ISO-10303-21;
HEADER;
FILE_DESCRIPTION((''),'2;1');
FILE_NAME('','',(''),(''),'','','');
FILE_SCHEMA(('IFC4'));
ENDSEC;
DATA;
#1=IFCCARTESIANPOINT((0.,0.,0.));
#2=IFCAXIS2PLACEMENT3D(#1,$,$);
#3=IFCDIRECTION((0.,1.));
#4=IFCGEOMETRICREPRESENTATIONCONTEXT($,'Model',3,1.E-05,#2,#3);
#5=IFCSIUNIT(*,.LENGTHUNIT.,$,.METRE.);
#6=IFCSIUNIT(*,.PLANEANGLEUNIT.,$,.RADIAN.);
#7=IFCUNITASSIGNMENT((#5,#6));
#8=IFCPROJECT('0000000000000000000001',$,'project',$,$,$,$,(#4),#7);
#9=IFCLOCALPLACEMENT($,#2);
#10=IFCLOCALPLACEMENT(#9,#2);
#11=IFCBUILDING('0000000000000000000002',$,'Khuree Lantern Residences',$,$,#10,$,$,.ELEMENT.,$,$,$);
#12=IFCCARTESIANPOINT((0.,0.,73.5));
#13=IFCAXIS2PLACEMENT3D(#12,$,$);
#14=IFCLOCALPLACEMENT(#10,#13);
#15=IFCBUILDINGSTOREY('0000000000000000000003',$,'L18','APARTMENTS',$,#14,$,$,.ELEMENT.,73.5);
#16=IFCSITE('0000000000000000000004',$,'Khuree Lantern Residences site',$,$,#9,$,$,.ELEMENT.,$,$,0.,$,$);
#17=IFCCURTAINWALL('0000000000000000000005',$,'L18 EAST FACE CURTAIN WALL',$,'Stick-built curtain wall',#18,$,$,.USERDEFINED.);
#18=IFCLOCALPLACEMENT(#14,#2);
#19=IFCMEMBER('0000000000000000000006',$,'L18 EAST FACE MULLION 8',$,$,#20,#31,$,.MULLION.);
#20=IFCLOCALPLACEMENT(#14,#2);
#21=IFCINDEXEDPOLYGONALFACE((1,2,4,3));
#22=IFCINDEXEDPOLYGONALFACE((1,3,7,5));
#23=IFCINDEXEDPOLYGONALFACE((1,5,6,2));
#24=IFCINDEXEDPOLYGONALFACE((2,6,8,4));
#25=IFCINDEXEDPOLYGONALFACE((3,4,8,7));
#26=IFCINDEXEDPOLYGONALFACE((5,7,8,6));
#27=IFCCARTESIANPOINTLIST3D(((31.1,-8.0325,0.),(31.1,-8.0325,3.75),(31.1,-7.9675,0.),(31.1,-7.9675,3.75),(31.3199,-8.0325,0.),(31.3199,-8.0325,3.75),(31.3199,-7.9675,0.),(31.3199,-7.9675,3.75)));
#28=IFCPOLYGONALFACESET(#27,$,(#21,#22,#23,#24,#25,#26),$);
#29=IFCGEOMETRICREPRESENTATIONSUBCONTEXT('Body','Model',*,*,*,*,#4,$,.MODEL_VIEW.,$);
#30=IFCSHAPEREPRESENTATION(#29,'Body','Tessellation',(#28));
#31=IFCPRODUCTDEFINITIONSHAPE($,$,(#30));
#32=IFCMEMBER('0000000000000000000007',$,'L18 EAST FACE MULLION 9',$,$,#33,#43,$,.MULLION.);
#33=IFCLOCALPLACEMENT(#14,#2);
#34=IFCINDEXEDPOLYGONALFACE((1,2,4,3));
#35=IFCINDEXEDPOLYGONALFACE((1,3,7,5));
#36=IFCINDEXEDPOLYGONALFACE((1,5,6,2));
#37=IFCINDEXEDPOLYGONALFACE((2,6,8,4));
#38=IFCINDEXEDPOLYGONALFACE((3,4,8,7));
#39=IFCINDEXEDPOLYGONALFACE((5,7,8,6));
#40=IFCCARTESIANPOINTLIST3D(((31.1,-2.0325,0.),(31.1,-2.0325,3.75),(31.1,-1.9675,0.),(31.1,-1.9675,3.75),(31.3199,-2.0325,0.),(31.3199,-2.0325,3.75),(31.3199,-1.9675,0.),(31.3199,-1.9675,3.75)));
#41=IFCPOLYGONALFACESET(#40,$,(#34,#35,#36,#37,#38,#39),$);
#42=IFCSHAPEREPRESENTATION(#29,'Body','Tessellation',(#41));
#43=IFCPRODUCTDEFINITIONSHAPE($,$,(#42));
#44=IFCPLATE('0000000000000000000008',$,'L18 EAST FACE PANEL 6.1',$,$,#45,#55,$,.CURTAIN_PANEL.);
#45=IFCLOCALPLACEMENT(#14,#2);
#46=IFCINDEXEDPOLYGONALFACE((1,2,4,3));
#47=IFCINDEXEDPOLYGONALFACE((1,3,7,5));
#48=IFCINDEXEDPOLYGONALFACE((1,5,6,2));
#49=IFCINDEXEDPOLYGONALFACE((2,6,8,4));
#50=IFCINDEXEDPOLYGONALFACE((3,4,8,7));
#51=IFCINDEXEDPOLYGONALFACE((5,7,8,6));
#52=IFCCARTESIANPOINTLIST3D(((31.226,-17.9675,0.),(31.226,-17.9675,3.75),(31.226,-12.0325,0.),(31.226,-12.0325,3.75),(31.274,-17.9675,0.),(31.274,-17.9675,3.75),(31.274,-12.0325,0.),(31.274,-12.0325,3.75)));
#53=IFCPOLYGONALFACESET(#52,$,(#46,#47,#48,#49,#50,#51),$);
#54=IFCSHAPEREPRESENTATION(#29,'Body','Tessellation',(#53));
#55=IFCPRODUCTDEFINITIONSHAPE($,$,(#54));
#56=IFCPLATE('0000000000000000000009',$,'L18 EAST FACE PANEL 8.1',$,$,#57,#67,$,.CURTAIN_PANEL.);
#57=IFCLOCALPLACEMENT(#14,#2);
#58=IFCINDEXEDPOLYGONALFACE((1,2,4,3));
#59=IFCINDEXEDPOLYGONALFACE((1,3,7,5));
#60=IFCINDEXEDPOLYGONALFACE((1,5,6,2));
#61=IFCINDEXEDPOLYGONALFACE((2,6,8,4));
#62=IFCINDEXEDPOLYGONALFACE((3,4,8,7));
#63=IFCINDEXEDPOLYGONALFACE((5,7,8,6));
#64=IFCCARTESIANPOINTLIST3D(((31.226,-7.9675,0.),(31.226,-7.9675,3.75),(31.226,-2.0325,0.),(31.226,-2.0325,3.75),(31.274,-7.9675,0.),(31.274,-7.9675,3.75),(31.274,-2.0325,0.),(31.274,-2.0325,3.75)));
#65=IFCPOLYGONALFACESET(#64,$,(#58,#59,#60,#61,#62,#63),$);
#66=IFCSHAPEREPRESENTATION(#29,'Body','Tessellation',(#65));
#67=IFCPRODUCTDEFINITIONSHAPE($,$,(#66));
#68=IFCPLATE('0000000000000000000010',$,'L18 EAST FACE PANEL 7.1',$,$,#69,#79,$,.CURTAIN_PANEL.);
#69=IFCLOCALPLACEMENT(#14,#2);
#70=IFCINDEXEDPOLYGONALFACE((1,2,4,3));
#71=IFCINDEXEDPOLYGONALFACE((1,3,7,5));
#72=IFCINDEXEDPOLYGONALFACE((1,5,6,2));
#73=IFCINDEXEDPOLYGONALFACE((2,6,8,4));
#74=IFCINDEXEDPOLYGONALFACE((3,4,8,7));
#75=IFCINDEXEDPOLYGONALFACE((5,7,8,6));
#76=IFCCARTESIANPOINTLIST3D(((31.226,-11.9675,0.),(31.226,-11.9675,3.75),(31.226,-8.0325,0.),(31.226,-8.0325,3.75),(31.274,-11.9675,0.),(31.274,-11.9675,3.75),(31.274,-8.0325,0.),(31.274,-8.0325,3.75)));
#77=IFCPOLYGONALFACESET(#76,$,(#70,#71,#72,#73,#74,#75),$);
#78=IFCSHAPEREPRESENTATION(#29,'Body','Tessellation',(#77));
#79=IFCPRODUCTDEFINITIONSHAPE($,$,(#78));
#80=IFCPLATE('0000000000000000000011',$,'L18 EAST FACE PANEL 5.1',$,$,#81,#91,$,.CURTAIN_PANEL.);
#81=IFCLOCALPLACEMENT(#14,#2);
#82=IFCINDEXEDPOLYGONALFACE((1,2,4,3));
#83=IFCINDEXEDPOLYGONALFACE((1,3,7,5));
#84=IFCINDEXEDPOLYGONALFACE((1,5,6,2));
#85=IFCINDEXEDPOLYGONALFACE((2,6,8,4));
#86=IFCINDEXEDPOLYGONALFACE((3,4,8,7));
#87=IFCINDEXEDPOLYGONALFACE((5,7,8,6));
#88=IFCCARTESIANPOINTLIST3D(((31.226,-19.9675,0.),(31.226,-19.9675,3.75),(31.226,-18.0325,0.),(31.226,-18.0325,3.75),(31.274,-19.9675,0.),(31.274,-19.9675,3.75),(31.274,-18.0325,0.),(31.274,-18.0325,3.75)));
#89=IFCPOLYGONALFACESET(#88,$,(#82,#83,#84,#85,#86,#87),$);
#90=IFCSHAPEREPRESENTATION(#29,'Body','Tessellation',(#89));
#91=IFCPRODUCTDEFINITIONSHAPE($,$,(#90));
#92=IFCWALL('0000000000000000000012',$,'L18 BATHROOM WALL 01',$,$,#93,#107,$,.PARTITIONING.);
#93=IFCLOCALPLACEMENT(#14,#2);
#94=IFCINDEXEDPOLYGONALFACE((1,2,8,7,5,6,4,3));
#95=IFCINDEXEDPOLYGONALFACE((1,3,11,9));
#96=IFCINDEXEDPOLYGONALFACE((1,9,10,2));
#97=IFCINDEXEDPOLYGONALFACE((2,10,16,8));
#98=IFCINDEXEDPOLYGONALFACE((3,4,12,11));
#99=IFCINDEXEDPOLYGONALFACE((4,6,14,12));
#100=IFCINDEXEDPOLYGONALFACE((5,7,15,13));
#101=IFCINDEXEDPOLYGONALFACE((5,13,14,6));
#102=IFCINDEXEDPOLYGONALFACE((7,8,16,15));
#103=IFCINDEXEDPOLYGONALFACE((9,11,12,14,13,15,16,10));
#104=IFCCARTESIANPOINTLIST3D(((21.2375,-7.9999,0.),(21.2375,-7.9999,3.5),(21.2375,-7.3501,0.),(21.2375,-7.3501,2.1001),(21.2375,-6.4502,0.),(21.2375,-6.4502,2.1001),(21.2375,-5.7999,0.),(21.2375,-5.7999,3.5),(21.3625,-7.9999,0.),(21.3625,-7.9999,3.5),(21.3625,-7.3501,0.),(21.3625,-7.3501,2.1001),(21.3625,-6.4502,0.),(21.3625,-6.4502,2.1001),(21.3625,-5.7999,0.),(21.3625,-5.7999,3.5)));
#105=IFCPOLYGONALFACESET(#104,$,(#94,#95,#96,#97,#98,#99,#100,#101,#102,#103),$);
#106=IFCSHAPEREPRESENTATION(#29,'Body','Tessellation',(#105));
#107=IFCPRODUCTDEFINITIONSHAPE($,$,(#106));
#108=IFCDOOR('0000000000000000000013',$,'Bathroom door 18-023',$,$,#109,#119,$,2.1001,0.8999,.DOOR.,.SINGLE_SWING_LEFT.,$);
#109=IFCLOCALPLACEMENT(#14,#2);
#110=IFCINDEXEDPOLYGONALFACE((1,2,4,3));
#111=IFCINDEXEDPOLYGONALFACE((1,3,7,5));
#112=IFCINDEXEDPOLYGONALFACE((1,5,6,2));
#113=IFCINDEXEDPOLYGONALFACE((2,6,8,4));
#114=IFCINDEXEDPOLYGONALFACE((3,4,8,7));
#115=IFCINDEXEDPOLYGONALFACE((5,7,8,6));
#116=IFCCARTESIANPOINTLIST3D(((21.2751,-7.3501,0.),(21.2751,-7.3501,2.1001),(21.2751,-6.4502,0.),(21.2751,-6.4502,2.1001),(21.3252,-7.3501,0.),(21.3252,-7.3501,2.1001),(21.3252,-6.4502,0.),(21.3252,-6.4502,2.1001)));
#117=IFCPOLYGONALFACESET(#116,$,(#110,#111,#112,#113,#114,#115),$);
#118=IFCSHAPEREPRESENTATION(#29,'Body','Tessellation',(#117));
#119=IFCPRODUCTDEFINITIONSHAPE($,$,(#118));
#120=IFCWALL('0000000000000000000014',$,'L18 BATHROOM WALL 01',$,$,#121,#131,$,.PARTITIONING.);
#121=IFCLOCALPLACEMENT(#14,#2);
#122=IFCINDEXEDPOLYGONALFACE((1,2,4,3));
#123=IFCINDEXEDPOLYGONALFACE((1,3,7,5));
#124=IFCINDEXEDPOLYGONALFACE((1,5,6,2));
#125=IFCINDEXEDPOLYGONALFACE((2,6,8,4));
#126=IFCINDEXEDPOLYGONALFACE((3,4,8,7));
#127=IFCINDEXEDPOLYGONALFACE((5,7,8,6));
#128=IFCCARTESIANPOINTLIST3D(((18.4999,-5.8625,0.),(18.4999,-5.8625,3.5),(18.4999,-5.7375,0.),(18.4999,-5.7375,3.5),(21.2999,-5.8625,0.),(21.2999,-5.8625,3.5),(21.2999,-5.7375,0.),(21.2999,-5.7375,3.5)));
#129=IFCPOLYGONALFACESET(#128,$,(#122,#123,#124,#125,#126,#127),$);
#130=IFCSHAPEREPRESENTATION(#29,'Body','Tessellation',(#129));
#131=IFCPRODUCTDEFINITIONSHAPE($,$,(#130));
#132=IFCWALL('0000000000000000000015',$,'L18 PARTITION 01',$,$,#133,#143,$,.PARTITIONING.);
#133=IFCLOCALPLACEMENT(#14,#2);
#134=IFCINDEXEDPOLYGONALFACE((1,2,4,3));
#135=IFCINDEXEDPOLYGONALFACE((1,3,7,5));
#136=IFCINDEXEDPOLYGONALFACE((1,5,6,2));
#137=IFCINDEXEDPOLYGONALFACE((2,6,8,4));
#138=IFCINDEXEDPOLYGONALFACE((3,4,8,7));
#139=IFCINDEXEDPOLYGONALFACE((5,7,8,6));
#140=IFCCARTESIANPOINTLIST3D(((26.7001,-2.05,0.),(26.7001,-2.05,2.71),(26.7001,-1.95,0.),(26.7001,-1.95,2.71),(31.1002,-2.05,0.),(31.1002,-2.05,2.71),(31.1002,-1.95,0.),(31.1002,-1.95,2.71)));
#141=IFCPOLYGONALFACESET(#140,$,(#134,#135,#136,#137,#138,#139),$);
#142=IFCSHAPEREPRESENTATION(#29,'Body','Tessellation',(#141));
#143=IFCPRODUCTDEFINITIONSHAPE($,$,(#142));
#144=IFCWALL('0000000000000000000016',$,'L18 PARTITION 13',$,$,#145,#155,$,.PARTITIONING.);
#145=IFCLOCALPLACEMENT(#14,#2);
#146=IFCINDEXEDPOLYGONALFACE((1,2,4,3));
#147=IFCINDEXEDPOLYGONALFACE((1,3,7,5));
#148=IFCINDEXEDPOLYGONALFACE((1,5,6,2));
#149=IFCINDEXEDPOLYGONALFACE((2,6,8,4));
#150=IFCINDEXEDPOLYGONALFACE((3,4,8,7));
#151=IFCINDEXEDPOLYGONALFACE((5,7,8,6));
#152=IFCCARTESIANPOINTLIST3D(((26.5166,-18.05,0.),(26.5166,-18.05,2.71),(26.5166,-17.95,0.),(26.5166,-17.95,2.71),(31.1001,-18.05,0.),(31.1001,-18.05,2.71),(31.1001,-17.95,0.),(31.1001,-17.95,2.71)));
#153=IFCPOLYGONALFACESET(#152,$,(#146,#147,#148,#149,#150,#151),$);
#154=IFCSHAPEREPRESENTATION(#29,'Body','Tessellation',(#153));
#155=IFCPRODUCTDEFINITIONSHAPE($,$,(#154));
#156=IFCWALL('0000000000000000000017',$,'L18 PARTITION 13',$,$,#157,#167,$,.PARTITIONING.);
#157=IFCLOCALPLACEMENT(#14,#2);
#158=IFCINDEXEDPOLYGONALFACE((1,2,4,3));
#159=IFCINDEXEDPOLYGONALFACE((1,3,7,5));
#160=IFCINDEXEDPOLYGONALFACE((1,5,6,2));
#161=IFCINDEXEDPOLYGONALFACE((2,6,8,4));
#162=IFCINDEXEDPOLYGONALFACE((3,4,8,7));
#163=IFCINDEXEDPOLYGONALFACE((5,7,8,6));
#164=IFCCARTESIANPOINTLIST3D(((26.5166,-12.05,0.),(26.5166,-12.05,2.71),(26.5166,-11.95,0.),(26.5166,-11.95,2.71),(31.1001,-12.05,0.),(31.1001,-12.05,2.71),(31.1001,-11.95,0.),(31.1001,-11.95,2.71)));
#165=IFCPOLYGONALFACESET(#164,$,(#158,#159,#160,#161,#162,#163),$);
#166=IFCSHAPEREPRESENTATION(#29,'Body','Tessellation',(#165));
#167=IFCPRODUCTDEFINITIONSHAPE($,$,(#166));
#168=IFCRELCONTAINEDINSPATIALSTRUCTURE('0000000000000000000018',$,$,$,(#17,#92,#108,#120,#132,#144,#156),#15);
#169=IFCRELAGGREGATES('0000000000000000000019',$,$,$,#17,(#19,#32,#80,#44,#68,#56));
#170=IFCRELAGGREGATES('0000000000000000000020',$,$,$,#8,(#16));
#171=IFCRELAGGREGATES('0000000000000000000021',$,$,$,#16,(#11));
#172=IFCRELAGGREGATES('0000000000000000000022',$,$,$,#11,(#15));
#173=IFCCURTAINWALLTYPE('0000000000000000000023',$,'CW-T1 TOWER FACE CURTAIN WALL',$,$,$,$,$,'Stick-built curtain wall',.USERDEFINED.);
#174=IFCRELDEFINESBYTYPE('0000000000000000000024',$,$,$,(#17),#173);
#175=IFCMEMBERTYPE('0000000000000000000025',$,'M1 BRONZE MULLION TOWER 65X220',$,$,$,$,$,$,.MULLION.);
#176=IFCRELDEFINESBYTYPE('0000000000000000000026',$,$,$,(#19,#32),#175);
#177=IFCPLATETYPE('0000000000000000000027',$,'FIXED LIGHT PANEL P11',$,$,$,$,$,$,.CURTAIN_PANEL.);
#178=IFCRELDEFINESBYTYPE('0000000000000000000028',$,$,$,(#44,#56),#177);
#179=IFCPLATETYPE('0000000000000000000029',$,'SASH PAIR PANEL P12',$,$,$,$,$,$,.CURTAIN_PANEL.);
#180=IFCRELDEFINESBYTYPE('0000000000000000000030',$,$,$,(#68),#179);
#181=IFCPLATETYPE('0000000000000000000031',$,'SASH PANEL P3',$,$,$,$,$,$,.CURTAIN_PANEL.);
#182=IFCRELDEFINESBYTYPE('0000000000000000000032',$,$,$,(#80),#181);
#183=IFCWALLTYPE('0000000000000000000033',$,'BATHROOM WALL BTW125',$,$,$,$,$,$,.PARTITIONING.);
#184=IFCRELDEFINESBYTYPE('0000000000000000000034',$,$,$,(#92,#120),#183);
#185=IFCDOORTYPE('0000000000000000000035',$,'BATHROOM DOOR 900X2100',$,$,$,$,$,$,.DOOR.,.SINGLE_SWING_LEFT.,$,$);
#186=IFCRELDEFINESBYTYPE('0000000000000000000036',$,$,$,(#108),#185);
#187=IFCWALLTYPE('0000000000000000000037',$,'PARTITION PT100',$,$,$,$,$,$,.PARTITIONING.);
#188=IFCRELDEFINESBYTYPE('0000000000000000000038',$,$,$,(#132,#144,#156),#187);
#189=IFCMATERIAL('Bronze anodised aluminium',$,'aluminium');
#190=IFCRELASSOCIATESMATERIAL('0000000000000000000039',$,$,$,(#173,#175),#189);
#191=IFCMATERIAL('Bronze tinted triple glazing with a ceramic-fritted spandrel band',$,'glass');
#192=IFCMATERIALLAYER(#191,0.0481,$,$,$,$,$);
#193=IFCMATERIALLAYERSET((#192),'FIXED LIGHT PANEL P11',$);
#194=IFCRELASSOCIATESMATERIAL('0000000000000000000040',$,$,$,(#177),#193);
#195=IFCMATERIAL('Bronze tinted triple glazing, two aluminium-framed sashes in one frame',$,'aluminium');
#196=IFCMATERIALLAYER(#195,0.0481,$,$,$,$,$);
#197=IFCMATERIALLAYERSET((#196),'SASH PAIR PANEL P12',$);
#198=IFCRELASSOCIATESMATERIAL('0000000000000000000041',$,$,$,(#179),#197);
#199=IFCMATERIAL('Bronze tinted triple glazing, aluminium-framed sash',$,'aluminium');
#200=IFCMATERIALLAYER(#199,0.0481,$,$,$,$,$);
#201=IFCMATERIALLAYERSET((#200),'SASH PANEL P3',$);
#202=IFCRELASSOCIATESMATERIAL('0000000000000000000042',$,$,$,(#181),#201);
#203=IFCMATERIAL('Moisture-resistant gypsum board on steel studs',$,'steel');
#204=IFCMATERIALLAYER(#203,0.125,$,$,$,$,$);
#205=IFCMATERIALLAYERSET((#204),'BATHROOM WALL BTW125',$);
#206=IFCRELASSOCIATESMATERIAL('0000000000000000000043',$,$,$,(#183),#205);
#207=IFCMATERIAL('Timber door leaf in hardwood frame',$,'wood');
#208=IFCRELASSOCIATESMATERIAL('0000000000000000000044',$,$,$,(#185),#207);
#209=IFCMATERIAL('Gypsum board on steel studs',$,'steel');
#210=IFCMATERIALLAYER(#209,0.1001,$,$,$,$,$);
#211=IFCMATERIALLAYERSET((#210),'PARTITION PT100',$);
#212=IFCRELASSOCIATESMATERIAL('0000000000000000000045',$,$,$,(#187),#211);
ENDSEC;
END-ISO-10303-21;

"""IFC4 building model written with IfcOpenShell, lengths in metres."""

from ifc_helpers import new_model, si_unit, direction, frame, frame_2d, origin, origin_2d, place, context, subcontext, project, spatial, rectangle, extrude, material, layer, layer_set, material_profile, profile_set, type_object, element, fill, aggregate, save


model = new_model("IFC4")

# Units and contexts
model_context = context("Model", 3, precision=1e-05, world=origin(), true_north=direction((0.0, 1.0)))
body_context = subcontext(model_context, "Body", "Model", "MODEL_VIEW")
ifc_project = project(units=[si_unit("LENGTHUNIT", "METRE"), si_unit("PLANEANGLEUNIT", "RADIAN")], contexts=[model_context])

# Site, building, storey
site_placement = place(None, origin())
site = spatial("IfcSite", under=ifc_project, at=site_placement, Name="Khuree Lantern Residences site", CompositionType="ELEMENT", RefElevation=0.0)
building_placement = place(site_placement, origin())
building = spatial("IfcBuilding", under=site, at=building_placement, Name="Khuree Lantern Residences", CompositionType="ELEMENT")
storey_placement = place(building_placement, frame((0.0, 0.0, 73.5)))
storey = spatial("IfcBuildingStorey", under=building, at=storey_placement, Name="L18", Description="APARTMENTS", CompositionType="ELEMENT", Elevation=73.5)

# Curtain wall
ifc_material_1 = material(Name="Bronze anodised aluminium", Category="aluminium")
curtain_wall_type = type_object("IfcCurtainWallType", Name="CW-T1 TOWER FACE CURTAIN WALL", ElementType="Stick-built curtain wall", PredefinedType="USERDEFINED", material=ifc_material_1)
curtain_wall_placement = place(storey_placement, origin())
curtain_wall = element("IfcCurtainWall", 1, at=curtain_wall_placement, inside=storey, type_object=curtain_wall_type, Name="L18 EAST FACE CURTAIN WALL", ObjectType="Stick-built curtain wall", PredefinedType="USERDEFINED")

# Members
ifc_material_profile_1 = material_profile(ifc_material_1, rectangle(XDim=0.0649, YDim=0.22, at=origin_2d()), Name="M1 65X220")
ifc_profile_set_1 = profile_set([ifc_material_profile_1], Name="Bronze anodised aluminium")
member_type_1 = type_object("IfcMemberType", Name="M1 BRONZE MULLION TOWER 65X220", PredefinedType="MULLION", material=ifc_profile_set_1)
member_1_placement = place(storey_placement, frame((31.21, -8.0, 0.0), z_axis=(0.0, 0.0, 1.0), x_axis=(0.0, 1.0, 0.0)))
member_1 = element("IfcMember", 2, at=member_1_placement, type_object=member_type_1, Name="L18 EAST FACE MULLION 8", PredefinedType="MULLION", context=body_context, shape_type="SweptSolid", body=[
    extrude(rectangle(XDim=0.0649, YDim=0.22, at=origin_2d()), origin(), (0.0, 0.0, 1.0), 3.75),
])
member_2_placement = place(storey_placement, frame((31.21, -2.0, 0.0), z_axis=(0.0, 0.0, 1.0), x_axis=(0.0, 1.0, 0.0)))
member_2 = element("IfcMember", 3, at=member_2_placement, type_object=member_type_1, Name="L18 EAST FACE MULLION 9", PredefinedType="MULLION", context=body_context, shape_type="SweptSolid", body=[
    extrude(rectangle(XDim=0.0649, YDim=0.22, at=origin_2d()), origin(), (0.0, 0.0, 1.0), 3.75),
])

# Plates
ifc_material_2 = material(Name="Bronze tinted triple glazing with a ceramic-fritted spandrel band", Category="glass")
ifc_layer_1 = layer(ifc_material_2, 0.0481)
ifc_layer_set_1 = layer_set([ifc_layer_1], Name="FIXED LIGHT PANEL P11")
plate_type_1 = type_object("IfcPlateType", Name="FIXED LIGHT PANEL P11", PredefinedType="CURTAIN_PANEL", material=ifc_layer_set_1)
plate_1_placement = place(storey_placement, frame((31.25, -15.0, 0.0), z_axis=(0.0, 0.0, 1.0), x_axis=(0.0, 1.0, 0.0)))
plate_1 = element("IfcPlate", 4, at=plate_1_placement, type_object=plate_type_1, Name="L18 EAST FACE PANEL 6.1", PredefinedType="CURTAIN_PANEL", context=body_context, shape_type="SweptSolid", body=[
    extrude(rectangle(XDim=5.9351, YDim=0.0481, at=origin_2d()), origin(), (0.0, 0.0, 1.0), 3.75),
])
plate_2_placement = place(storey_placement, frame((31.25, -5.0, 0.0), z_axis=(0.0, 0.0, 1.0), x_axis=(0.0, 1.0, 0.0)))
plate_2 = element("IfcPlate", 5, at=plate_2_placement, type_object=plate_type_1, Name="L18 EAST FACE PANEL 8.1", PredefinedType="CURTAIN_PANEL", context=body_context, shape_type="SweptSolid", body=[
    extrude(rectangle(XDim=5.9351, YDim=0.0481, at=origin_2d()), origin(), (0.0, 0.0, 1.0), 3.75),
])
ifc_material_3 = material(Name="Bronze tinted triple glazing, two aluminium-framed sashes in one frame", Category="aluminium")
ifc_layer_2 = layer(ifc_material_3, 0.0481)
ifc_layer_set_2 = layer_set([ifc_layer_2], Name="SASH PAIR PANEL P12")
plate_type_2 = type_object("IfcPlateType", Name="SASH PAIR PANEL P12", PredefinedType="CURTAIN_PANEL", material=ifc_layer_set_2)
plate_3_placement = place(storey_placement, frame((31.25, -10.0, 0.0), z_axis=(0.0, 0.0, 1.0), x_axis=(0.0, 1.0, 0.0)))
plate_3 = element("IfcPlate", 6, at=plate_3_placement, type_object=plate_type_2, Name="L18 EAST FACE PANEL 7.1", PredefinedType="CURTAIN_PANEL", context=body_context, shape_type="SweptSolid", body=[
    extrude(rectangle(XDim=3.9351, YDim=0.0481, at=origin_2d()), origin(), (0.0, 0.0, 1.0), 3.75),
])
ifc_material_4 = material(Name="Bronze tinted triple glazing, aluminium-framed sash", Category="aluminium")
ifc_layer_3 = layer(ifc_material_4, 0.0481)
ifc_layer_set_3 = layer_set([ifc_layer_3], Name="SASH PANEL P3")
plate_type_3 = type_object("IfcPlateType", Name="SASH PANEL P3", PredefinedType="CURTAIN_PANEL", material=ifc_layer_set_3)
plate_4_placement = place(storey_placement, frame((31.25, -19.0, 0.0), z_axis=(0.0, 0.0, 1.0), x_axis=(0.0, 1.0, 0.0)))
plate_4 = element("IfcPlate", 7, at=plate_4_placement, type_object=plate_type_3, Name="L18 EAST FACE PANEL 5.1", PredefinedType="CURTAIN_PANEL", context=body_context, shape_type="SweptSolid", body=[
    extrude(rectangle(XDim=1.9351, YDim=0.0481, at=origin_2d()), origin(), (0.0, 0.0, 1.0), 3.75),
])
aggregate(curtain_wall, [member_1, member_2, plate_4, plate_1, plate_3, plate_2])

# Wall, opening, door
ifc_material_5 = material(Name="Moisture-resistant gypsum board on steel studs", Category="steel")
ifc_layer_4 = layer(ifc_material_5, 0.125)
ifc_layer_set_4 = layer_set([ifc_layer_4], Name="BATHROOM WALL BTW125")
wall_type_1 = type_object("IfcWallType", Name="BATHROOM WALL BTW125", PredefinedType="PARTITIONING", material=ifc_layer_set_4)
wall_1_placement = place(storey_placement, frame((21.3, -8.0, 0.0), z_axis=(0.0, 0.0, 1.0), x_axis=(0.0, 1.0, 0.0)))
wall_1 = element("IfcWall", 8, at=wall_1_placement, inside=storey, type_object=wall_type_1, Name="L18 BATHROOM WALL 01", PredefinedType="PARTITIONING", context=body_context, shape_type="SweptSolid", body=[
    extrude(rectangle(XDim=2.2, YDim=0.125, at=frame_2d((1.1001, 0.0))), origin(), (0.0, 0.0, 1.0), 3.5),
])
opening_1_placement = place(wall_1_placement, frame((0.6499, 0.0, 0.0)))
opening_1 = element("IfcOpeningElement", 9, at=opening_1_placement, cuts=wall_1, PredefinedType="OPENING", context=body_context, shape_type="SweptSolid", body=[
    extrude(rectangle(XDim=0.8999, YDim=2.1001, at=frame_2d((0.45, 1.05))), frame((0.0, 0.0725, 0.0), z_axis=(0.0, -1.0, 0.0), x_axis=(1.0, 0.0, 0.0)), (0.0, 0.0, 1.0), 0.145),
])
ifc_material_6 = material(Name="Timber door leaf in hardwood frame", Category="wood")
door_type_1 = type_object("IfcDoorType", Name="BATHROOM DOOR 900X2100", OperationType="SINGLE_SWING_LEFT", PredefinedType="DOOR", material=ifc_material_6)
door_1_placement = place(opening_1_placement, origin())
door_1 = element("IfcDoor", 10, at=door_1_placement, inside=storey, type_object=door_type_1, Name="Bathroom door 18-023", OperationType="SINGLE_SWING_LEFT", OverallHeight=2.1001, OverallWidth=0.8999, PredefinedType="DOOR", context=body_context, shape_type="SweptSolid", body=[
    extrude(rectangle(XDim=0.8999, YDim=2.1001, at=frame_2d((0.45, 1.05))), frame((0.0, 0.0249, 0.0), z_axis=(0.0, -1.0, 0.0), x_axis=(1.0, 0.0, 0.0)), (0.0, 0.0, 1.0), 0.05),
])
fill(opening_1, door_1)

# Walls
wall_2_placement = place(storey_placement, frame((18.5, -5.8, 0.0), z_axis=(0.0, 0.0, 1.0), x_axis=(1.0, 0.0, 0.0)))
element("IfcWall", 11, at=wall_2_placement, inside=storey, type_object=wall_type_1, Name="L18 BATHROOM WALL 01", PredefinedType="PARTITIONING", context=body_context, shape_type="SweptSolid", body=[
    extrude(rectangle(XDim=2.8, YDim=0.125, at=frame_2d((1.3999, 0.0))), origin(), (0.0, 0.0, 1.0), 3.5),
])
ifc_material_7 = material(Name="Gypsum board on steel studs", Category="steel")
ifc_layer_5 = layer(ifc_material_7, 0.1001)
ifc_layer_set_5 = layer_set([ifc_layer_5], Name="PARTITION PT100")
wall_type_2 = type_object("IfcWallType", Name="PARTITION PT100", PredefinedType="PARTITIONING", material=ifc_layer_set_5)
wall_3_placement = place(storey_placement, frame((26.7, -2.0, 0.0), z_axis=(0.0, 0.0, 1.0), x_axis=(1.0, 0.0, 0.0)))
element("IfcWall", 12, at=wall_3_placement, inside=storey, type_object=wall_type_2, Name="L18 PARTITION 01", PredefinedType="PARTITIONING", context=body_context, shape_type="SweptSolid", body=[
    extrude(rectangle(XDim=4.4001, YDim=0.1001, at=frame_2d((2.2002, 0.0))), origin(), (0.0, 0.0, 1.0), 2.71),
])
for number, where, z_axis, x_axis, name in (
    (13, (26.5166, -18.0, 0.0), (0.0, 0.0, 1.0), (1.0, 0.0, 0.0), "L18 PARTITION 13"),
    (14, (26.5166, -12.0, 0.0), (0.0, 0.0, 1.0), (1.0, 0.0, 0.0), "L18 PARTITION 13"),
):
    element("IfcWall", number, at=place(storey_placement, frame(where, z_axis=z_axis, x_axis=x_axis)), inside=storey, type_object=wall_type_2, Name=name, PredefinedType="PARTITIONING", context=body_context, shape_type="SweptSolid", body=[
        extrude(rectangle(XDim=4.5835, YDim=0.1001, at=frame_2d((2.2917, 0.0))), origin(), (0.0, 0.0, 1.0), 2.71),
    ])

save(model, "model.ifc")
